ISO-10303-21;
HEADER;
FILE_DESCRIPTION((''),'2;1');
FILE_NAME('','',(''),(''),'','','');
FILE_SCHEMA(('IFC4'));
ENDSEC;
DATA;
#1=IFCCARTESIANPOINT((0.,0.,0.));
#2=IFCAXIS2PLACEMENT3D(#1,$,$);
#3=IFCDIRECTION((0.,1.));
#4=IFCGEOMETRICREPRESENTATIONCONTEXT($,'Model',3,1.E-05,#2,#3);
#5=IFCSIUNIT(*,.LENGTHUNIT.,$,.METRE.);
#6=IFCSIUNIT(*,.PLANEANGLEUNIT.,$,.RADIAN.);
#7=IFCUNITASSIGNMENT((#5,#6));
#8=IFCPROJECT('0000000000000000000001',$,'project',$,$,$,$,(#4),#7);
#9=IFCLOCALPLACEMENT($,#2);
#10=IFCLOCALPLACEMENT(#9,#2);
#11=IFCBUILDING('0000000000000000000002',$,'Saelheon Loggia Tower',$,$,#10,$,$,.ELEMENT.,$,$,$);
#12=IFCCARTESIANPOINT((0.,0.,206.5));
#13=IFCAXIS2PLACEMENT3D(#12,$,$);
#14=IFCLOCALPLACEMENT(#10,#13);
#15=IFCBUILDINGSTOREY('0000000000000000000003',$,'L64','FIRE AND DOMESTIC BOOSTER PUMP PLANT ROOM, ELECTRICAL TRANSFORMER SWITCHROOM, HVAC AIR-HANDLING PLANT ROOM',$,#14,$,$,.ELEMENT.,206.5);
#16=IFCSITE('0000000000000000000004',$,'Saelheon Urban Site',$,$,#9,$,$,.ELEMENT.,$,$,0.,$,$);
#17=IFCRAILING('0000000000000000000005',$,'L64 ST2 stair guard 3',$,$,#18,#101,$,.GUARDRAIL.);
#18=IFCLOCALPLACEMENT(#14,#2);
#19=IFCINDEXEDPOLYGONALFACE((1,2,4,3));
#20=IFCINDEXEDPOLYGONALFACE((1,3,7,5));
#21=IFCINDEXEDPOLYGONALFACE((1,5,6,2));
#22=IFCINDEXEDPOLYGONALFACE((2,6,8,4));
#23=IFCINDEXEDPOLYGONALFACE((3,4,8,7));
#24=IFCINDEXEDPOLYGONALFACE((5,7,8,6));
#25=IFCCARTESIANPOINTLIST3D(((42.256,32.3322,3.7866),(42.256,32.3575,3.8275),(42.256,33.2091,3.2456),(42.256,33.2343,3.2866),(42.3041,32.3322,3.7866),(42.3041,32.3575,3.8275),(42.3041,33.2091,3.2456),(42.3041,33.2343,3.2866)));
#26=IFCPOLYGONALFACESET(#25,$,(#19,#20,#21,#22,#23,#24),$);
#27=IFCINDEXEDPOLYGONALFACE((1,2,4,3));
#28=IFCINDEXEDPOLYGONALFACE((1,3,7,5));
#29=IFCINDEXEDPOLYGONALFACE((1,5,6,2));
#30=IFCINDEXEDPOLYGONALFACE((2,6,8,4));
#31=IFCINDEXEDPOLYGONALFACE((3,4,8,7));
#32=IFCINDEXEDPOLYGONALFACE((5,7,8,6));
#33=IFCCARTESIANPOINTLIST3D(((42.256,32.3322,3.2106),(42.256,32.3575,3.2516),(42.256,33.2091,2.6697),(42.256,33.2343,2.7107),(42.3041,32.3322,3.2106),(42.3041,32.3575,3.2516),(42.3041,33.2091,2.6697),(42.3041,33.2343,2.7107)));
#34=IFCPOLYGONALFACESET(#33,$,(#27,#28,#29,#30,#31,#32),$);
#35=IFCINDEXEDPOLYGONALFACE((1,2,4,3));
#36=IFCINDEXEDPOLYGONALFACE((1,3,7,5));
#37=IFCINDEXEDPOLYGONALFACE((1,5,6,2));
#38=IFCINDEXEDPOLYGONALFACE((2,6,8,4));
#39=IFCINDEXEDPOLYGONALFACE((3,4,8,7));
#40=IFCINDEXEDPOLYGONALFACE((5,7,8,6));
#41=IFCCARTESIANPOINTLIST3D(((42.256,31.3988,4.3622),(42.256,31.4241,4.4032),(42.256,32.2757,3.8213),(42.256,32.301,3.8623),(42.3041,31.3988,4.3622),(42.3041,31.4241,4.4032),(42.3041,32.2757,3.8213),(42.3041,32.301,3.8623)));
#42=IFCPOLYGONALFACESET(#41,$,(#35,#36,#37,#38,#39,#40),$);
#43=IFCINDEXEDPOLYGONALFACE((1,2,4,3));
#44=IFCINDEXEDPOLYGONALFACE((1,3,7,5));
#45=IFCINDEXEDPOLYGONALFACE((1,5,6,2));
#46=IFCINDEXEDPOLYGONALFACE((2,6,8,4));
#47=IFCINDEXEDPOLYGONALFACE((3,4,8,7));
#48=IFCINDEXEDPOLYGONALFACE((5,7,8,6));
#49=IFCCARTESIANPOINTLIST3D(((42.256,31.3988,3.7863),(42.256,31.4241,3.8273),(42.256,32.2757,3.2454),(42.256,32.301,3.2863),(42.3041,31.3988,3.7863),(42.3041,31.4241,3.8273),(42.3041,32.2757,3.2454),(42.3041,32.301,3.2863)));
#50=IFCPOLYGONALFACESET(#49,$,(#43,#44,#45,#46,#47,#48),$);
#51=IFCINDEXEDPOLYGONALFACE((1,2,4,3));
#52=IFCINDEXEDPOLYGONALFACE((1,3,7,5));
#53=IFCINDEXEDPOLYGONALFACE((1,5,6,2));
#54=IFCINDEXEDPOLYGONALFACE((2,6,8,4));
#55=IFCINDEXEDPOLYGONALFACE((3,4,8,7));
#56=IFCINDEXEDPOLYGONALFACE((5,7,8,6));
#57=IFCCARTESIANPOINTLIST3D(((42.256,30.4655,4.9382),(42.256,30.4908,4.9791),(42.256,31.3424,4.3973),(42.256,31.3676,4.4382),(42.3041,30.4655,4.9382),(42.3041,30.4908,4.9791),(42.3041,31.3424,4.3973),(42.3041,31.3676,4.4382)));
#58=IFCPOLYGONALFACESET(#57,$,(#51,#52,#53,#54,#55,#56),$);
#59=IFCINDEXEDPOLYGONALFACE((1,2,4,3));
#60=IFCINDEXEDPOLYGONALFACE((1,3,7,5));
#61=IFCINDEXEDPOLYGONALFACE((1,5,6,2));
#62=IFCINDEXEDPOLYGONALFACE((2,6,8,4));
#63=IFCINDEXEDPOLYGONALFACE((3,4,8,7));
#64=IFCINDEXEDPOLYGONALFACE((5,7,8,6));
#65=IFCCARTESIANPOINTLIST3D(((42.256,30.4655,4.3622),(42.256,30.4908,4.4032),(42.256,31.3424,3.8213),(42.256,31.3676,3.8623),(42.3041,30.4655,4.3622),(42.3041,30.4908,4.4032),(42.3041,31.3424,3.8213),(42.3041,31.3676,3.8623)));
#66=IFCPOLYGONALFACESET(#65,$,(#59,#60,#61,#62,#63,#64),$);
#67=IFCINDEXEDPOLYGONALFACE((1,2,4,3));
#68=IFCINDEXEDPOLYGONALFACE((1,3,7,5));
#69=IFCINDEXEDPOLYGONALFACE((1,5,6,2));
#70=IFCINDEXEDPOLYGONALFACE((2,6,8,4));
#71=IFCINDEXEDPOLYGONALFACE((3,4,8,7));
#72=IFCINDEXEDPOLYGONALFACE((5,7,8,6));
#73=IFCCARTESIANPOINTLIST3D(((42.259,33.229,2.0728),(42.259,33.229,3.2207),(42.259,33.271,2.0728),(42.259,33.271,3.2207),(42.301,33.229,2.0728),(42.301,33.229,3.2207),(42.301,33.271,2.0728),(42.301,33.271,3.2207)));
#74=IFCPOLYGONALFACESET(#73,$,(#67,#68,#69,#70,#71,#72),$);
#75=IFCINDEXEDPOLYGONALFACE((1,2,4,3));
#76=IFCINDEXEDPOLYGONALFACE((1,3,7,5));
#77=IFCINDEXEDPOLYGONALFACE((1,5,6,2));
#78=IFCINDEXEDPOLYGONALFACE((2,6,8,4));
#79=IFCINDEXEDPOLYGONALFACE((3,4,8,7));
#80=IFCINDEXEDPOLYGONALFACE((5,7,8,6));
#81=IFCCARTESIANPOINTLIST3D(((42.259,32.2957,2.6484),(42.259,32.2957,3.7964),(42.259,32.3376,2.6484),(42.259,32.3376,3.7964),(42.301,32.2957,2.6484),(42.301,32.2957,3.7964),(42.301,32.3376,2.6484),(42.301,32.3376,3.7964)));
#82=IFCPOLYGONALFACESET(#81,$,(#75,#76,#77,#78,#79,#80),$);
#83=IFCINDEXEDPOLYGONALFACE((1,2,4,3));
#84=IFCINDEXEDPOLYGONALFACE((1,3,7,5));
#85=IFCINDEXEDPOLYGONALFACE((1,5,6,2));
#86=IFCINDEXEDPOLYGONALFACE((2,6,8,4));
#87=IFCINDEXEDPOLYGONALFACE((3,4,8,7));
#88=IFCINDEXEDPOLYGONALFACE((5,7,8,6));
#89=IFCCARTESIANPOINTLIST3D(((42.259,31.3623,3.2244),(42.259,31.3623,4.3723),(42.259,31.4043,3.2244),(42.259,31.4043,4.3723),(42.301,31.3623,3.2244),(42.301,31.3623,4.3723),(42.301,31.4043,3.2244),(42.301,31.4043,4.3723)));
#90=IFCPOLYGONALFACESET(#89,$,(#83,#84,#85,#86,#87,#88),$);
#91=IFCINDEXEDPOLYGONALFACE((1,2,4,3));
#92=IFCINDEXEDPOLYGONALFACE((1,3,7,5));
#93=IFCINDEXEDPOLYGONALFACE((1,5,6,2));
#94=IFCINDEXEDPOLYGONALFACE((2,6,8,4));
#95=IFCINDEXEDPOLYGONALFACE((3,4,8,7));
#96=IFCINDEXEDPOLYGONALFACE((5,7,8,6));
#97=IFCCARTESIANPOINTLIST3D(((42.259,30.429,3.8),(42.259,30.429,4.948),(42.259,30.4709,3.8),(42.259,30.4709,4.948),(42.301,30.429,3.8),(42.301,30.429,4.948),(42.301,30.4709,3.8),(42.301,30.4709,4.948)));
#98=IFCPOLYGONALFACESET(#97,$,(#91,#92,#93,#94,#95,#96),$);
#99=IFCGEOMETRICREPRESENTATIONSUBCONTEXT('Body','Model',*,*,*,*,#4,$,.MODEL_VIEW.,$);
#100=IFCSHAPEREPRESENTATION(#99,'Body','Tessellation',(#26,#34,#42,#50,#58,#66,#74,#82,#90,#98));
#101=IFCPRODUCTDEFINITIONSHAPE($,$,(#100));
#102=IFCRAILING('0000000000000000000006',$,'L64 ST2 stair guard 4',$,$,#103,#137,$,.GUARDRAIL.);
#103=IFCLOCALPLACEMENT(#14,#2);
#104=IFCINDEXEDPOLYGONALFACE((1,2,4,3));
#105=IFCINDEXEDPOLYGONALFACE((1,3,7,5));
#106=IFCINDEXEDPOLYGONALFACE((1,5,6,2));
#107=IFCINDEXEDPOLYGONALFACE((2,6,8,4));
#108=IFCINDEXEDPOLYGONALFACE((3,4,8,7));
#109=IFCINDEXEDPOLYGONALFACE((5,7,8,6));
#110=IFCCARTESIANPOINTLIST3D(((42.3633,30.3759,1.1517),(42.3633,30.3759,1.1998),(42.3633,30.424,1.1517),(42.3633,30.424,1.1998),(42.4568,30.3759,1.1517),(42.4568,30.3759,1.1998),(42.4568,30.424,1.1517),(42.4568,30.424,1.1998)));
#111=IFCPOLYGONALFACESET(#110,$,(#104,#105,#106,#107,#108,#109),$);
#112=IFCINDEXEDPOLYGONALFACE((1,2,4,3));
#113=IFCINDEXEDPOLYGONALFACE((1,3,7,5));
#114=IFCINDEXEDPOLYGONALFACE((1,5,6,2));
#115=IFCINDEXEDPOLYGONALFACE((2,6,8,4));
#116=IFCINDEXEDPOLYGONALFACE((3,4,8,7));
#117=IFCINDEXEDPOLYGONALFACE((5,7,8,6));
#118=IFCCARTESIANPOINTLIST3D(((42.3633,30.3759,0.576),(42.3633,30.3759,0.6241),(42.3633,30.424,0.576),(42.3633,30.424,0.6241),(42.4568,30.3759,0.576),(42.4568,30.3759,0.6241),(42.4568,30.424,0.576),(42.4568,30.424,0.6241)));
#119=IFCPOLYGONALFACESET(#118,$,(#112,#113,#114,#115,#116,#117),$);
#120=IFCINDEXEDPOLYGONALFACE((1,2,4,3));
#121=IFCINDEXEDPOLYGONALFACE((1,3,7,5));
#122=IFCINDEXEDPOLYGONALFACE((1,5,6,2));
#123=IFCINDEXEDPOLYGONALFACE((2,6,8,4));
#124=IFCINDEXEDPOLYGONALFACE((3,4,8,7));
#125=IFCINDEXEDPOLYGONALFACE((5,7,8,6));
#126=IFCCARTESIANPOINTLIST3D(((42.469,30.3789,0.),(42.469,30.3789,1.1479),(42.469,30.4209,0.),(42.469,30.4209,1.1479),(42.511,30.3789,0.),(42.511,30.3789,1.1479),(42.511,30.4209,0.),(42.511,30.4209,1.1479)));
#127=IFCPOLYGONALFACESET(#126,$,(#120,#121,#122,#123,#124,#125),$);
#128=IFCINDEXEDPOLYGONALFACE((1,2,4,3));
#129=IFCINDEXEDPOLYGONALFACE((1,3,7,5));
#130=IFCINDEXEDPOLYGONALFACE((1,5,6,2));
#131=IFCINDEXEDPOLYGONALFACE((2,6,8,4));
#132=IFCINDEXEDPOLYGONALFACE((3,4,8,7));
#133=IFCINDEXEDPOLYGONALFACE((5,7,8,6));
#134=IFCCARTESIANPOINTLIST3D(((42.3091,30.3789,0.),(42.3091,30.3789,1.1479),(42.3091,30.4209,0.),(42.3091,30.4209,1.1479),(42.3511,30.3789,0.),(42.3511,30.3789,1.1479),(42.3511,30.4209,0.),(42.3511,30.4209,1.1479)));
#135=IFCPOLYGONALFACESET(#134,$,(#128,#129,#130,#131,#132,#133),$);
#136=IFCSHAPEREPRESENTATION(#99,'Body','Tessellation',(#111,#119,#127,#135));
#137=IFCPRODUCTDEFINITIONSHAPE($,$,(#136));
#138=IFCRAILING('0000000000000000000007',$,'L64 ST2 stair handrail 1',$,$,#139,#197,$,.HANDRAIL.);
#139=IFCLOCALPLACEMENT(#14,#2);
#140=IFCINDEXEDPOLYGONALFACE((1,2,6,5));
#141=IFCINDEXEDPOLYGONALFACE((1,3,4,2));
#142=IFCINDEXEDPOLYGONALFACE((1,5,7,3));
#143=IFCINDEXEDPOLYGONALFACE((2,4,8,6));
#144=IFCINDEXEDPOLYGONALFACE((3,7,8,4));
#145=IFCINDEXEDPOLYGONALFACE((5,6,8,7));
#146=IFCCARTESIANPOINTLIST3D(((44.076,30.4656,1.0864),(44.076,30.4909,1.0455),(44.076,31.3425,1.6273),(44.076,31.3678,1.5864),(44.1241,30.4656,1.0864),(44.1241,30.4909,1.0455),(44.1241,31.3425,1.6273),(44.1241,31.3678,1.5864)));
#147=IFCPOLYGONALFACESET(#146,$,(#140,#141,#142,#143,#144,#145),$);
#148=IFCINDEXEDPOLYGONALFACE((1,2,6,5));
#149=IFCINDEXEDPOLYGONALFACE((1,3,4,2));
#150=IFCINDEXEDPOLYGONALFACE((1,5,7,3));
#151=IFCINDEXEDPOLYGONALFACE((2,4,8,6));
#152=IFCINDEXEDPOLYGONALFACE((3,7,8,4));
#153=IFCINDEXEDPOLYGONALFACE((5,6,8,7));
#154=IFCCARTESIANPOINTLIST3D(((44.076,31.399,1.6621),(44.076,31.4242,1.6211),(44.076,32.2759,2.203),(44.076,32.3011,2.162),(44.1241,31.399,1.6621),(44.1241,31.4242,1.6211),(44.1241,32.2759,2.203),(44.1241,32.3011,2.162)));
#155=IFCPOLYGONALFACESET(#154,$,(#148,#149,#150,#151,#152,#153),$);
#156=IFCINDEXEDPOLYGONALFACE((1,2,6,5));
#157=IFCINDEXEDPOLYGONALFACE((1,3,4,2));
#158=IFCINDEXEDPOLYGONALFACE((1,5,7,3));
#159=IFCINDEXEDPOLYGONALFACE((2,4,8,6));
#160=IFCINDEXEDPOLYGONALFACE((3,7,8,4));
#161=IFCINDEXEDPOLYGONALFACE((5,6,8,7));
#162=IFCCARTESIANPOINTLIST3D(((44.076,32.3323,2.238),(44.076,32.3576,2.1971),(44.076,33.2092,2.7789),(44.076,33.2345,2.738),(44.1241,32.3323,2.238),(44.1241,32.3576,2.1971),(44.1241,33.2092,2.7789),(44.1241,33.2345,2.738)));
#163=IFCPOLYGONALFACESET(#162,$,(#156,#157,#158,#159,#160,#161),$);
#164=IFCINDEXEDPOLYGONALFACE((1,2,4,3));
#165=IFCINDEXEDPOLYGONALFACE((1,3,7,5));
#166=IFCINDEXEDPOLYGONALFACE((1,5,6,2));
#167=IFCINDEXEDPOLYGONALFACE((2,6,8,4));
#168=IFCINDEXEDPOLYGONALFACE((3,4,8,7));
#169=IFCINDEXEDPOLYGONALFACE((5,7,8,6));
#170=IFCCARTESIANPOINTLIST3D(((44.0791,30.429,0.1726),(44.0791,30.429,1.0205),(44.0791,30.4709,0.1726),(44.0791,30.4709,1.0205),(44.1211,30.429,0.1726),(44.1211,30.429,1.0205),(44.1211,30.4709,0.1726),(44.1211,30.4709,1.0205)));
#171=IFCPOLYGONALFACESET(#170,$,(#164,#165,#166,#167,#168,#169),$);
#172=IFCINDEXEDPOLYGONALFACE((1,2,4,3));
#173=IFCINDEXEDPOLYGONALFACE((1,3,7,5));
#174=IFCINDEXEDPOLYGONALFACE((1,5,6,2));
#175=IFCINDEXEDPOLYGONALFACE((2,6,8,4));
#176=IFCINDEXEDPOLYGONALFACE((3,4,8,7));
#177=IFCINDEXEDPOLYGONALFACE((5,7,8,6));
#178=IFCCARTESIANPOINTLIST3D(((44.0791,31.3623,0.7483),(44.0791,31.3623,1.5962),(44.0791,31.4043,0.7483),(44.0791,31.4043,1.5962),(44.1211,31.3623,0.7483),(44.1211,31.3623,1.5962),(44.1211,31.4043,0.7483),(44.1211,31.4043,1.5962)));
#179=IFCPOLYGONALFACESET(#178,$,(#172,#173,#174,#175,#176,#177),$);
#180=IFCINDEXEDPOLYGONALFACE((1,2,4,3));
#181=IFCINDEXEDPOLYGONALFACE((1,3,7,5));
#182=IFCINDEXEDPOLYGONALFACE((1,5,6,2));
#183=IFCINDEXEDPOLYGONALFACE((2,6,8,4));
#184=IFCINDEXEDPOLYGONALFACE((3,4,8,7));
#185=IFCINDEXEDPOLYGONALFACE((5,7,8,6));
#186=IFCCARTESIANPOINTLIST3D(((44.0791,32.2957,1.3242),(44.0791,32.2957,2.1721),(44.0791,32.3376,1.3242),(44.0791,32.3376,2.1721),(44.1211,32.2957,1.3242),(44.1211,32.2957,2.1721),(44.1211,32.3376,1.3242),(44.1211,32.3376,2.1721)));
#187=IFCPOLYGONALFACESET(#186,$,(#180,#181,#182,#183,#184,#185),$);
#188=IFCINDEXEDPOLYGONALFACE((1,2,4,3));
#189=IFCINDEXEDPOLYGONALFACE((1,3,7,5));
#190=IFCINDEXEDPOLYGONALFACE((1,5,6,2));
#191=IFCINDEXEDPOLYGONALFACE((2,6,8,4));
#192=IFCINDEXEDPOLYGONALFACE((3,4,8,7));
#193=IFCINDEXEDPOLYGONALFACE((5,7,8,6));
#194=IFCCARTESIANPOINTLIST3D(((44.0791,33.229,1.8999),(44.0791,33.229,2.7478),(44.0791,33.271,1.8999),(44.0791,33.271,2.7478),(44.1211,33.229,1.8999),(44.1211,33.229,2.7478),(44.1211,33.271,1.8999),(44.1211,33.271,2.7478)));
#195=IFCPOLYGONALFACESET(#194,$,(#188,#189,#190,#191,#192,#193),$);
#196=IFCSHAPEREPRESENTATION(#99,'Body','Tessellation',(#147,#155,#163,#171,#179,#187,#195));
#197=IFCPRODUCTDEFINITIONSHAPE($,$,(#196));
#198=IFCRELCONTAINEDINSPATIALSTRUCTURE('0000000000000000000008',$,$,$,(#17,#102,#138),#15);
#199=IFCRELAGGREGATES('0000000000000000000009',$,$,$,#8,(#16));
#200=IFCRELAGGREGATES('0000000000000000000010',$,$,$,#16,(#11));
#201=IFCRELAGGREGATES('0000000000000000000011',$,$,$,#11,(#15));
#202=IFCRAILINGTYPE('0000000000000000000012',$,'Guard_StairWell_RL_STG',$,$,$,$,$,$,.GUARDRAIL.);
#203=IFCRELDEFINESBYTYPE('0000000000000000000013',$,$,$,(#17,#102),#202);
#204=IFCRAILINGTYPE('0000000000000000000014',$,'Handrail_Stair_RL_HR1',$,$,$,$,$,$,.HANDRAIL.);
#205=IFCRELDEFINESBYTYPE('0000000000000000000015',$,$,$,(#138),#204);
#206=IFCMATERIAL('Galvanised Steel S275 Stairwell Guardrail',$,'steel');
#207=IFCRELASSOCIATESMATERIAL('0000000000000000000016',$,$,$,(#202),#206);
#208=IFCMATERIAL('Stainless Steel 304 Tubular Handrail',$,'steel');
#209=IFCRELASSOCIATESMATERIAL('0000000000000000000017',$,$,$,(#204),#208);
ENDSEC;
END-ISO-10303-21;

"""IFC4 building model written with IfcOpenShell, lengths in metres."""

from ifc_helpers import new_model, si_unit, direction, frame, origin, origin_2d, place, context, subcontext, project, spatial, rectangle, extrude, material, type_object, element, save


model = new_model("IFC4")

# Units and contexts
model_context = context("Model", 3, precision=1e-05, world=origin(), true_north=direction((0.0, 1.0)))
body_context = subcontext(model_context, "Body", "Model", "MODEL_VIEW")
ifc_project = project(units=[si_unit("LENGTHUNIT", "METRE"), si_unit("PLANEANGLEUNIT", "RADIAN")], contexts=[model_context])

# Site, building, storey
site_placement = place(None, origin())
site = spatial("IfcSite", under=ifc_project, at=site_placement, Name="Saelheon Urban Site", CompositionType="ELEMENT", RefElevation=0.0)
building_placement = place(site_placement, origin())
building = spatial("IfcBuilding", under=site, at=building_placement, Name="Saelheon Loggia Tower", CompositionType="ELEMENT")
storey_placement = place(building_placement, frame((0.0, 0.0, 206.5)))
storey = spatial("IfcBuildingStorey", under=building, at=storey_placement, Name="L64", Description="FIRE AND DOMESTIC BOOSTER PUMP PLANT ROOM, ELECTRICAL TRANSFORMER SWITCHROOM, HVAC AIR-HANDLING PLANT ROOM", CompositionType="ELEMENT", Elevation=206.5)

# Railings
ifc_material_1 = material(Name="Galvanised Steel S275 Stairwell Guardrail", Category="steel")
railing_type_1 = type_object("IfcRailingType", Name="Guard_StairWell_RL_STG", PredefinedType="GUARDRAIL", material=ifc_material_1)
railing_1_placement = place(storey_placement, frame((42.28, 33.25, 2.0728)))
element("IfcRailing", 1, at=railing_1_placement, inside=storey, type_object=railing_type_1, Name="L64 ST2 stair guard 3", PredefinedType="GUARDRAIL", context=body_context, shape_type="SweptSolid", body=[
    extrude(rectangle(XDim=0.0481, YDim=0.0481, at=origin_2d()), frame((0.0, -0.0283, 1.1934), z_axis=(0.0, -0.85109, 0.52502), x_axis=(1.0, 0.0, 0.0)), (0.0, 0.0, 1.0), 1.0303),
    extrude(rectangle(XDim=0.0481, YDim=0.0481, at=origin_2d()), frame((0.0, -0.0283, 0.6174), z_axis=(0.0, -0.85109, 0.52502), x_axis=(1.0, 0.0, 0.0)), (0.0, 0.0, 1.0), 1.0303),
    extrude(rectangle(XDim=0.0481, YDim=0.0481, at=origin_2d()), frame((0.0, -0.9617, 1.769), z_axis=(0.0, -0.85109, 0.52502), x_axis=(1.0, 0.0, 0.0)), (0.0, 0.0, 1.0), 1.0303),
    extrude(rectangle(XDim=0.0481, YDim=0.0481, at=origin_2d()), frame((0.0, -0.9617, 1.1931), z_axis=(0.0, -0.85109, 0.52502), x_axis=(1.0, 0.0, 0.0)), (0.0, 0.0, 1.0), 1.0303),
    extrude(rectangle(XDim=0.0481, YDim=0.0481, at=origin_2d()), frame((0.0, -1.895, 2.345), z_axis=(0.0, -0.85109, 0.52502), x_axis=(1.0, 0.0, 0.0)), (0.0, 0.0, 1.0), 1.0303),
    extrude(rectangle(XDim=0.0481, YDim=0.0481, at=origin_2d()), frame((0.0, -1.895, 1.769), z_axis=(0.0, -0.85109, 0.52502), x_axis=(1.0, 0.0, 0.0)), (0.0, 0.0, 1.0), 1.0303),
    extrude(rectangle(XDim=0.042, YDim=0.042, at=origin_2d()), origin(), (0.0, 0.0, 1.0), 1.1479),
    extrude(rectangle(XDim=0.042, YDim=0.042, at=origin_2d()), frame((0.0, -0.9333, 0.5757)), (0.0, 0.0, 1.0), 1.1479),
    extrude(rectangle(XDim=0.042, YDim=0.042, at=origin_2d()), frame((0.0, -1.8667, 1.1516)), (0.0, 0.0, 1.0), 1.1479),
    extrude(rectangle(XDim=0.042, YDim=0.042, at=origin_2d()), frame((0.0, -2.8, 1.7273)), (0.0, 0.0, 1.0), 1.1479),
])
railing_2_placement = place(storey_placement, frame((42.49, 30.3999, 0.0)))
element("IfcRailing", 2, at=railing_2_placement, inside=storey, type_object=railing_type_1, Name="L64 ST2 stair guard 4", PredefinedType="GUARDRAIL", context=body_context, shape_type="SweptSolid", body=[
    extrude(rectangle(XDim=0.0481, YDim=0.0481, at=origin_2d()), frame((-0.0332, 0.0, 1.1758), z_axis=(-1.0, 0.0, 0.0), x_axis=(0.0, -1.0, 0.0)), (0.0, 0.0, 1.0), 0.0935),
    extrude(rectangle(XDim=0.0481, YDim=0.0481, at=origin_2d()), frame((-0.0332, 0.0, 0.6001), z_axis=(-1.0, 0.0, 0.0), x_axis=(0.0, -1.0, 0.0)), (0.0, 0.0, 1.0), 0.0935),
    extrude(rectangle(XDim=0.042, YDim=0.042, at=origin_2d()), origin(), (0.0, 0.0, 1.0), 1.1479),
    extrude(rectangle(XDim=0.042, YDim=0.042, at=origin_2d()), frame((-0.1599, 0.0, 0.0)), (0.0, 0.0, 1.0), 1.1479),
])
ifc_material_2 = material(Name="Stainless Steel 304 Tubular Handrail", Category="steel")
railing_type_2 = type_object("IfcRailingType", Name="Handrail_Stair_RL_HR1", PredefinedType="HANDRAIL", material=ifc_material_2)
railing_3_placement = place(storey_placement, frame((44.1001, 30.45, 0.1726)))
element("IfcRailing", 3, at=railing_3_placement, inside=storey, type_object=railing_type_2, Name="L64 ST2 stair handrail 1", PredefinedType="HANDRAIL", context=body_context, shape_type="SweptSolid", body=[
    extrude(rectangle(XDim=0.0481, YDim=0.0481, at=origin_2d()), frame((0.0, 0.0283, 0.8933), z_axis=(0.0, 0.85109, 0.52502), x_axis=(-1.0, 0.0, 0.0)), (0.0, 0.0, 1.0), 1.0303),
    extrude(rectangle(XDim=0.0481, YDim=0.0481, at=origin_2d()), frame((0.0, 0.9617, 1.469), z_axis=(0.0, 0.85109, 0.52502), x_axis=(-1.0, 0.0, 0.0)), (0.0, 0.0, 1.0), 1.0303),
    extrude(rectangle(XDim=0.0481, YDim=0.0481, at=origin_2d()), frame((0.0, 1.895, 2.0449), z_axis=(0.0, 0.85109, 0.52502), x_axis=(-1.0, 0.0, 0.0)), (0.0, 0.0, 1.0), 1.0303),
    extrude(rectangle(XDim=0.042, YDim=0.042, at=origin_2d()), origin(), (0.0, 0.0, 1.0), 0.8479),
    extrude(rectangle(XDim=0.042, YDim=0.042, at=origin_2d()), frame((0.0, 0.9333, 0.5757)), (0.0, 0.0, 1.0), 0.8479),
    extrude(rectangle(XDim=0.042, YDim=0.042, at=origin_2d()), frame((0.0, 1.8667, 1.1516)), (0.0, 0.0, 1.0), 0.8479),
    extrude(rectangle(XDim=0.042, YDim=0.042, at=origin_2d()), frame((0.0, 2.8, 1.7273)), (0.0, 0.0, 1.0), 0.8479),
])

save(model, "model.ifc")
